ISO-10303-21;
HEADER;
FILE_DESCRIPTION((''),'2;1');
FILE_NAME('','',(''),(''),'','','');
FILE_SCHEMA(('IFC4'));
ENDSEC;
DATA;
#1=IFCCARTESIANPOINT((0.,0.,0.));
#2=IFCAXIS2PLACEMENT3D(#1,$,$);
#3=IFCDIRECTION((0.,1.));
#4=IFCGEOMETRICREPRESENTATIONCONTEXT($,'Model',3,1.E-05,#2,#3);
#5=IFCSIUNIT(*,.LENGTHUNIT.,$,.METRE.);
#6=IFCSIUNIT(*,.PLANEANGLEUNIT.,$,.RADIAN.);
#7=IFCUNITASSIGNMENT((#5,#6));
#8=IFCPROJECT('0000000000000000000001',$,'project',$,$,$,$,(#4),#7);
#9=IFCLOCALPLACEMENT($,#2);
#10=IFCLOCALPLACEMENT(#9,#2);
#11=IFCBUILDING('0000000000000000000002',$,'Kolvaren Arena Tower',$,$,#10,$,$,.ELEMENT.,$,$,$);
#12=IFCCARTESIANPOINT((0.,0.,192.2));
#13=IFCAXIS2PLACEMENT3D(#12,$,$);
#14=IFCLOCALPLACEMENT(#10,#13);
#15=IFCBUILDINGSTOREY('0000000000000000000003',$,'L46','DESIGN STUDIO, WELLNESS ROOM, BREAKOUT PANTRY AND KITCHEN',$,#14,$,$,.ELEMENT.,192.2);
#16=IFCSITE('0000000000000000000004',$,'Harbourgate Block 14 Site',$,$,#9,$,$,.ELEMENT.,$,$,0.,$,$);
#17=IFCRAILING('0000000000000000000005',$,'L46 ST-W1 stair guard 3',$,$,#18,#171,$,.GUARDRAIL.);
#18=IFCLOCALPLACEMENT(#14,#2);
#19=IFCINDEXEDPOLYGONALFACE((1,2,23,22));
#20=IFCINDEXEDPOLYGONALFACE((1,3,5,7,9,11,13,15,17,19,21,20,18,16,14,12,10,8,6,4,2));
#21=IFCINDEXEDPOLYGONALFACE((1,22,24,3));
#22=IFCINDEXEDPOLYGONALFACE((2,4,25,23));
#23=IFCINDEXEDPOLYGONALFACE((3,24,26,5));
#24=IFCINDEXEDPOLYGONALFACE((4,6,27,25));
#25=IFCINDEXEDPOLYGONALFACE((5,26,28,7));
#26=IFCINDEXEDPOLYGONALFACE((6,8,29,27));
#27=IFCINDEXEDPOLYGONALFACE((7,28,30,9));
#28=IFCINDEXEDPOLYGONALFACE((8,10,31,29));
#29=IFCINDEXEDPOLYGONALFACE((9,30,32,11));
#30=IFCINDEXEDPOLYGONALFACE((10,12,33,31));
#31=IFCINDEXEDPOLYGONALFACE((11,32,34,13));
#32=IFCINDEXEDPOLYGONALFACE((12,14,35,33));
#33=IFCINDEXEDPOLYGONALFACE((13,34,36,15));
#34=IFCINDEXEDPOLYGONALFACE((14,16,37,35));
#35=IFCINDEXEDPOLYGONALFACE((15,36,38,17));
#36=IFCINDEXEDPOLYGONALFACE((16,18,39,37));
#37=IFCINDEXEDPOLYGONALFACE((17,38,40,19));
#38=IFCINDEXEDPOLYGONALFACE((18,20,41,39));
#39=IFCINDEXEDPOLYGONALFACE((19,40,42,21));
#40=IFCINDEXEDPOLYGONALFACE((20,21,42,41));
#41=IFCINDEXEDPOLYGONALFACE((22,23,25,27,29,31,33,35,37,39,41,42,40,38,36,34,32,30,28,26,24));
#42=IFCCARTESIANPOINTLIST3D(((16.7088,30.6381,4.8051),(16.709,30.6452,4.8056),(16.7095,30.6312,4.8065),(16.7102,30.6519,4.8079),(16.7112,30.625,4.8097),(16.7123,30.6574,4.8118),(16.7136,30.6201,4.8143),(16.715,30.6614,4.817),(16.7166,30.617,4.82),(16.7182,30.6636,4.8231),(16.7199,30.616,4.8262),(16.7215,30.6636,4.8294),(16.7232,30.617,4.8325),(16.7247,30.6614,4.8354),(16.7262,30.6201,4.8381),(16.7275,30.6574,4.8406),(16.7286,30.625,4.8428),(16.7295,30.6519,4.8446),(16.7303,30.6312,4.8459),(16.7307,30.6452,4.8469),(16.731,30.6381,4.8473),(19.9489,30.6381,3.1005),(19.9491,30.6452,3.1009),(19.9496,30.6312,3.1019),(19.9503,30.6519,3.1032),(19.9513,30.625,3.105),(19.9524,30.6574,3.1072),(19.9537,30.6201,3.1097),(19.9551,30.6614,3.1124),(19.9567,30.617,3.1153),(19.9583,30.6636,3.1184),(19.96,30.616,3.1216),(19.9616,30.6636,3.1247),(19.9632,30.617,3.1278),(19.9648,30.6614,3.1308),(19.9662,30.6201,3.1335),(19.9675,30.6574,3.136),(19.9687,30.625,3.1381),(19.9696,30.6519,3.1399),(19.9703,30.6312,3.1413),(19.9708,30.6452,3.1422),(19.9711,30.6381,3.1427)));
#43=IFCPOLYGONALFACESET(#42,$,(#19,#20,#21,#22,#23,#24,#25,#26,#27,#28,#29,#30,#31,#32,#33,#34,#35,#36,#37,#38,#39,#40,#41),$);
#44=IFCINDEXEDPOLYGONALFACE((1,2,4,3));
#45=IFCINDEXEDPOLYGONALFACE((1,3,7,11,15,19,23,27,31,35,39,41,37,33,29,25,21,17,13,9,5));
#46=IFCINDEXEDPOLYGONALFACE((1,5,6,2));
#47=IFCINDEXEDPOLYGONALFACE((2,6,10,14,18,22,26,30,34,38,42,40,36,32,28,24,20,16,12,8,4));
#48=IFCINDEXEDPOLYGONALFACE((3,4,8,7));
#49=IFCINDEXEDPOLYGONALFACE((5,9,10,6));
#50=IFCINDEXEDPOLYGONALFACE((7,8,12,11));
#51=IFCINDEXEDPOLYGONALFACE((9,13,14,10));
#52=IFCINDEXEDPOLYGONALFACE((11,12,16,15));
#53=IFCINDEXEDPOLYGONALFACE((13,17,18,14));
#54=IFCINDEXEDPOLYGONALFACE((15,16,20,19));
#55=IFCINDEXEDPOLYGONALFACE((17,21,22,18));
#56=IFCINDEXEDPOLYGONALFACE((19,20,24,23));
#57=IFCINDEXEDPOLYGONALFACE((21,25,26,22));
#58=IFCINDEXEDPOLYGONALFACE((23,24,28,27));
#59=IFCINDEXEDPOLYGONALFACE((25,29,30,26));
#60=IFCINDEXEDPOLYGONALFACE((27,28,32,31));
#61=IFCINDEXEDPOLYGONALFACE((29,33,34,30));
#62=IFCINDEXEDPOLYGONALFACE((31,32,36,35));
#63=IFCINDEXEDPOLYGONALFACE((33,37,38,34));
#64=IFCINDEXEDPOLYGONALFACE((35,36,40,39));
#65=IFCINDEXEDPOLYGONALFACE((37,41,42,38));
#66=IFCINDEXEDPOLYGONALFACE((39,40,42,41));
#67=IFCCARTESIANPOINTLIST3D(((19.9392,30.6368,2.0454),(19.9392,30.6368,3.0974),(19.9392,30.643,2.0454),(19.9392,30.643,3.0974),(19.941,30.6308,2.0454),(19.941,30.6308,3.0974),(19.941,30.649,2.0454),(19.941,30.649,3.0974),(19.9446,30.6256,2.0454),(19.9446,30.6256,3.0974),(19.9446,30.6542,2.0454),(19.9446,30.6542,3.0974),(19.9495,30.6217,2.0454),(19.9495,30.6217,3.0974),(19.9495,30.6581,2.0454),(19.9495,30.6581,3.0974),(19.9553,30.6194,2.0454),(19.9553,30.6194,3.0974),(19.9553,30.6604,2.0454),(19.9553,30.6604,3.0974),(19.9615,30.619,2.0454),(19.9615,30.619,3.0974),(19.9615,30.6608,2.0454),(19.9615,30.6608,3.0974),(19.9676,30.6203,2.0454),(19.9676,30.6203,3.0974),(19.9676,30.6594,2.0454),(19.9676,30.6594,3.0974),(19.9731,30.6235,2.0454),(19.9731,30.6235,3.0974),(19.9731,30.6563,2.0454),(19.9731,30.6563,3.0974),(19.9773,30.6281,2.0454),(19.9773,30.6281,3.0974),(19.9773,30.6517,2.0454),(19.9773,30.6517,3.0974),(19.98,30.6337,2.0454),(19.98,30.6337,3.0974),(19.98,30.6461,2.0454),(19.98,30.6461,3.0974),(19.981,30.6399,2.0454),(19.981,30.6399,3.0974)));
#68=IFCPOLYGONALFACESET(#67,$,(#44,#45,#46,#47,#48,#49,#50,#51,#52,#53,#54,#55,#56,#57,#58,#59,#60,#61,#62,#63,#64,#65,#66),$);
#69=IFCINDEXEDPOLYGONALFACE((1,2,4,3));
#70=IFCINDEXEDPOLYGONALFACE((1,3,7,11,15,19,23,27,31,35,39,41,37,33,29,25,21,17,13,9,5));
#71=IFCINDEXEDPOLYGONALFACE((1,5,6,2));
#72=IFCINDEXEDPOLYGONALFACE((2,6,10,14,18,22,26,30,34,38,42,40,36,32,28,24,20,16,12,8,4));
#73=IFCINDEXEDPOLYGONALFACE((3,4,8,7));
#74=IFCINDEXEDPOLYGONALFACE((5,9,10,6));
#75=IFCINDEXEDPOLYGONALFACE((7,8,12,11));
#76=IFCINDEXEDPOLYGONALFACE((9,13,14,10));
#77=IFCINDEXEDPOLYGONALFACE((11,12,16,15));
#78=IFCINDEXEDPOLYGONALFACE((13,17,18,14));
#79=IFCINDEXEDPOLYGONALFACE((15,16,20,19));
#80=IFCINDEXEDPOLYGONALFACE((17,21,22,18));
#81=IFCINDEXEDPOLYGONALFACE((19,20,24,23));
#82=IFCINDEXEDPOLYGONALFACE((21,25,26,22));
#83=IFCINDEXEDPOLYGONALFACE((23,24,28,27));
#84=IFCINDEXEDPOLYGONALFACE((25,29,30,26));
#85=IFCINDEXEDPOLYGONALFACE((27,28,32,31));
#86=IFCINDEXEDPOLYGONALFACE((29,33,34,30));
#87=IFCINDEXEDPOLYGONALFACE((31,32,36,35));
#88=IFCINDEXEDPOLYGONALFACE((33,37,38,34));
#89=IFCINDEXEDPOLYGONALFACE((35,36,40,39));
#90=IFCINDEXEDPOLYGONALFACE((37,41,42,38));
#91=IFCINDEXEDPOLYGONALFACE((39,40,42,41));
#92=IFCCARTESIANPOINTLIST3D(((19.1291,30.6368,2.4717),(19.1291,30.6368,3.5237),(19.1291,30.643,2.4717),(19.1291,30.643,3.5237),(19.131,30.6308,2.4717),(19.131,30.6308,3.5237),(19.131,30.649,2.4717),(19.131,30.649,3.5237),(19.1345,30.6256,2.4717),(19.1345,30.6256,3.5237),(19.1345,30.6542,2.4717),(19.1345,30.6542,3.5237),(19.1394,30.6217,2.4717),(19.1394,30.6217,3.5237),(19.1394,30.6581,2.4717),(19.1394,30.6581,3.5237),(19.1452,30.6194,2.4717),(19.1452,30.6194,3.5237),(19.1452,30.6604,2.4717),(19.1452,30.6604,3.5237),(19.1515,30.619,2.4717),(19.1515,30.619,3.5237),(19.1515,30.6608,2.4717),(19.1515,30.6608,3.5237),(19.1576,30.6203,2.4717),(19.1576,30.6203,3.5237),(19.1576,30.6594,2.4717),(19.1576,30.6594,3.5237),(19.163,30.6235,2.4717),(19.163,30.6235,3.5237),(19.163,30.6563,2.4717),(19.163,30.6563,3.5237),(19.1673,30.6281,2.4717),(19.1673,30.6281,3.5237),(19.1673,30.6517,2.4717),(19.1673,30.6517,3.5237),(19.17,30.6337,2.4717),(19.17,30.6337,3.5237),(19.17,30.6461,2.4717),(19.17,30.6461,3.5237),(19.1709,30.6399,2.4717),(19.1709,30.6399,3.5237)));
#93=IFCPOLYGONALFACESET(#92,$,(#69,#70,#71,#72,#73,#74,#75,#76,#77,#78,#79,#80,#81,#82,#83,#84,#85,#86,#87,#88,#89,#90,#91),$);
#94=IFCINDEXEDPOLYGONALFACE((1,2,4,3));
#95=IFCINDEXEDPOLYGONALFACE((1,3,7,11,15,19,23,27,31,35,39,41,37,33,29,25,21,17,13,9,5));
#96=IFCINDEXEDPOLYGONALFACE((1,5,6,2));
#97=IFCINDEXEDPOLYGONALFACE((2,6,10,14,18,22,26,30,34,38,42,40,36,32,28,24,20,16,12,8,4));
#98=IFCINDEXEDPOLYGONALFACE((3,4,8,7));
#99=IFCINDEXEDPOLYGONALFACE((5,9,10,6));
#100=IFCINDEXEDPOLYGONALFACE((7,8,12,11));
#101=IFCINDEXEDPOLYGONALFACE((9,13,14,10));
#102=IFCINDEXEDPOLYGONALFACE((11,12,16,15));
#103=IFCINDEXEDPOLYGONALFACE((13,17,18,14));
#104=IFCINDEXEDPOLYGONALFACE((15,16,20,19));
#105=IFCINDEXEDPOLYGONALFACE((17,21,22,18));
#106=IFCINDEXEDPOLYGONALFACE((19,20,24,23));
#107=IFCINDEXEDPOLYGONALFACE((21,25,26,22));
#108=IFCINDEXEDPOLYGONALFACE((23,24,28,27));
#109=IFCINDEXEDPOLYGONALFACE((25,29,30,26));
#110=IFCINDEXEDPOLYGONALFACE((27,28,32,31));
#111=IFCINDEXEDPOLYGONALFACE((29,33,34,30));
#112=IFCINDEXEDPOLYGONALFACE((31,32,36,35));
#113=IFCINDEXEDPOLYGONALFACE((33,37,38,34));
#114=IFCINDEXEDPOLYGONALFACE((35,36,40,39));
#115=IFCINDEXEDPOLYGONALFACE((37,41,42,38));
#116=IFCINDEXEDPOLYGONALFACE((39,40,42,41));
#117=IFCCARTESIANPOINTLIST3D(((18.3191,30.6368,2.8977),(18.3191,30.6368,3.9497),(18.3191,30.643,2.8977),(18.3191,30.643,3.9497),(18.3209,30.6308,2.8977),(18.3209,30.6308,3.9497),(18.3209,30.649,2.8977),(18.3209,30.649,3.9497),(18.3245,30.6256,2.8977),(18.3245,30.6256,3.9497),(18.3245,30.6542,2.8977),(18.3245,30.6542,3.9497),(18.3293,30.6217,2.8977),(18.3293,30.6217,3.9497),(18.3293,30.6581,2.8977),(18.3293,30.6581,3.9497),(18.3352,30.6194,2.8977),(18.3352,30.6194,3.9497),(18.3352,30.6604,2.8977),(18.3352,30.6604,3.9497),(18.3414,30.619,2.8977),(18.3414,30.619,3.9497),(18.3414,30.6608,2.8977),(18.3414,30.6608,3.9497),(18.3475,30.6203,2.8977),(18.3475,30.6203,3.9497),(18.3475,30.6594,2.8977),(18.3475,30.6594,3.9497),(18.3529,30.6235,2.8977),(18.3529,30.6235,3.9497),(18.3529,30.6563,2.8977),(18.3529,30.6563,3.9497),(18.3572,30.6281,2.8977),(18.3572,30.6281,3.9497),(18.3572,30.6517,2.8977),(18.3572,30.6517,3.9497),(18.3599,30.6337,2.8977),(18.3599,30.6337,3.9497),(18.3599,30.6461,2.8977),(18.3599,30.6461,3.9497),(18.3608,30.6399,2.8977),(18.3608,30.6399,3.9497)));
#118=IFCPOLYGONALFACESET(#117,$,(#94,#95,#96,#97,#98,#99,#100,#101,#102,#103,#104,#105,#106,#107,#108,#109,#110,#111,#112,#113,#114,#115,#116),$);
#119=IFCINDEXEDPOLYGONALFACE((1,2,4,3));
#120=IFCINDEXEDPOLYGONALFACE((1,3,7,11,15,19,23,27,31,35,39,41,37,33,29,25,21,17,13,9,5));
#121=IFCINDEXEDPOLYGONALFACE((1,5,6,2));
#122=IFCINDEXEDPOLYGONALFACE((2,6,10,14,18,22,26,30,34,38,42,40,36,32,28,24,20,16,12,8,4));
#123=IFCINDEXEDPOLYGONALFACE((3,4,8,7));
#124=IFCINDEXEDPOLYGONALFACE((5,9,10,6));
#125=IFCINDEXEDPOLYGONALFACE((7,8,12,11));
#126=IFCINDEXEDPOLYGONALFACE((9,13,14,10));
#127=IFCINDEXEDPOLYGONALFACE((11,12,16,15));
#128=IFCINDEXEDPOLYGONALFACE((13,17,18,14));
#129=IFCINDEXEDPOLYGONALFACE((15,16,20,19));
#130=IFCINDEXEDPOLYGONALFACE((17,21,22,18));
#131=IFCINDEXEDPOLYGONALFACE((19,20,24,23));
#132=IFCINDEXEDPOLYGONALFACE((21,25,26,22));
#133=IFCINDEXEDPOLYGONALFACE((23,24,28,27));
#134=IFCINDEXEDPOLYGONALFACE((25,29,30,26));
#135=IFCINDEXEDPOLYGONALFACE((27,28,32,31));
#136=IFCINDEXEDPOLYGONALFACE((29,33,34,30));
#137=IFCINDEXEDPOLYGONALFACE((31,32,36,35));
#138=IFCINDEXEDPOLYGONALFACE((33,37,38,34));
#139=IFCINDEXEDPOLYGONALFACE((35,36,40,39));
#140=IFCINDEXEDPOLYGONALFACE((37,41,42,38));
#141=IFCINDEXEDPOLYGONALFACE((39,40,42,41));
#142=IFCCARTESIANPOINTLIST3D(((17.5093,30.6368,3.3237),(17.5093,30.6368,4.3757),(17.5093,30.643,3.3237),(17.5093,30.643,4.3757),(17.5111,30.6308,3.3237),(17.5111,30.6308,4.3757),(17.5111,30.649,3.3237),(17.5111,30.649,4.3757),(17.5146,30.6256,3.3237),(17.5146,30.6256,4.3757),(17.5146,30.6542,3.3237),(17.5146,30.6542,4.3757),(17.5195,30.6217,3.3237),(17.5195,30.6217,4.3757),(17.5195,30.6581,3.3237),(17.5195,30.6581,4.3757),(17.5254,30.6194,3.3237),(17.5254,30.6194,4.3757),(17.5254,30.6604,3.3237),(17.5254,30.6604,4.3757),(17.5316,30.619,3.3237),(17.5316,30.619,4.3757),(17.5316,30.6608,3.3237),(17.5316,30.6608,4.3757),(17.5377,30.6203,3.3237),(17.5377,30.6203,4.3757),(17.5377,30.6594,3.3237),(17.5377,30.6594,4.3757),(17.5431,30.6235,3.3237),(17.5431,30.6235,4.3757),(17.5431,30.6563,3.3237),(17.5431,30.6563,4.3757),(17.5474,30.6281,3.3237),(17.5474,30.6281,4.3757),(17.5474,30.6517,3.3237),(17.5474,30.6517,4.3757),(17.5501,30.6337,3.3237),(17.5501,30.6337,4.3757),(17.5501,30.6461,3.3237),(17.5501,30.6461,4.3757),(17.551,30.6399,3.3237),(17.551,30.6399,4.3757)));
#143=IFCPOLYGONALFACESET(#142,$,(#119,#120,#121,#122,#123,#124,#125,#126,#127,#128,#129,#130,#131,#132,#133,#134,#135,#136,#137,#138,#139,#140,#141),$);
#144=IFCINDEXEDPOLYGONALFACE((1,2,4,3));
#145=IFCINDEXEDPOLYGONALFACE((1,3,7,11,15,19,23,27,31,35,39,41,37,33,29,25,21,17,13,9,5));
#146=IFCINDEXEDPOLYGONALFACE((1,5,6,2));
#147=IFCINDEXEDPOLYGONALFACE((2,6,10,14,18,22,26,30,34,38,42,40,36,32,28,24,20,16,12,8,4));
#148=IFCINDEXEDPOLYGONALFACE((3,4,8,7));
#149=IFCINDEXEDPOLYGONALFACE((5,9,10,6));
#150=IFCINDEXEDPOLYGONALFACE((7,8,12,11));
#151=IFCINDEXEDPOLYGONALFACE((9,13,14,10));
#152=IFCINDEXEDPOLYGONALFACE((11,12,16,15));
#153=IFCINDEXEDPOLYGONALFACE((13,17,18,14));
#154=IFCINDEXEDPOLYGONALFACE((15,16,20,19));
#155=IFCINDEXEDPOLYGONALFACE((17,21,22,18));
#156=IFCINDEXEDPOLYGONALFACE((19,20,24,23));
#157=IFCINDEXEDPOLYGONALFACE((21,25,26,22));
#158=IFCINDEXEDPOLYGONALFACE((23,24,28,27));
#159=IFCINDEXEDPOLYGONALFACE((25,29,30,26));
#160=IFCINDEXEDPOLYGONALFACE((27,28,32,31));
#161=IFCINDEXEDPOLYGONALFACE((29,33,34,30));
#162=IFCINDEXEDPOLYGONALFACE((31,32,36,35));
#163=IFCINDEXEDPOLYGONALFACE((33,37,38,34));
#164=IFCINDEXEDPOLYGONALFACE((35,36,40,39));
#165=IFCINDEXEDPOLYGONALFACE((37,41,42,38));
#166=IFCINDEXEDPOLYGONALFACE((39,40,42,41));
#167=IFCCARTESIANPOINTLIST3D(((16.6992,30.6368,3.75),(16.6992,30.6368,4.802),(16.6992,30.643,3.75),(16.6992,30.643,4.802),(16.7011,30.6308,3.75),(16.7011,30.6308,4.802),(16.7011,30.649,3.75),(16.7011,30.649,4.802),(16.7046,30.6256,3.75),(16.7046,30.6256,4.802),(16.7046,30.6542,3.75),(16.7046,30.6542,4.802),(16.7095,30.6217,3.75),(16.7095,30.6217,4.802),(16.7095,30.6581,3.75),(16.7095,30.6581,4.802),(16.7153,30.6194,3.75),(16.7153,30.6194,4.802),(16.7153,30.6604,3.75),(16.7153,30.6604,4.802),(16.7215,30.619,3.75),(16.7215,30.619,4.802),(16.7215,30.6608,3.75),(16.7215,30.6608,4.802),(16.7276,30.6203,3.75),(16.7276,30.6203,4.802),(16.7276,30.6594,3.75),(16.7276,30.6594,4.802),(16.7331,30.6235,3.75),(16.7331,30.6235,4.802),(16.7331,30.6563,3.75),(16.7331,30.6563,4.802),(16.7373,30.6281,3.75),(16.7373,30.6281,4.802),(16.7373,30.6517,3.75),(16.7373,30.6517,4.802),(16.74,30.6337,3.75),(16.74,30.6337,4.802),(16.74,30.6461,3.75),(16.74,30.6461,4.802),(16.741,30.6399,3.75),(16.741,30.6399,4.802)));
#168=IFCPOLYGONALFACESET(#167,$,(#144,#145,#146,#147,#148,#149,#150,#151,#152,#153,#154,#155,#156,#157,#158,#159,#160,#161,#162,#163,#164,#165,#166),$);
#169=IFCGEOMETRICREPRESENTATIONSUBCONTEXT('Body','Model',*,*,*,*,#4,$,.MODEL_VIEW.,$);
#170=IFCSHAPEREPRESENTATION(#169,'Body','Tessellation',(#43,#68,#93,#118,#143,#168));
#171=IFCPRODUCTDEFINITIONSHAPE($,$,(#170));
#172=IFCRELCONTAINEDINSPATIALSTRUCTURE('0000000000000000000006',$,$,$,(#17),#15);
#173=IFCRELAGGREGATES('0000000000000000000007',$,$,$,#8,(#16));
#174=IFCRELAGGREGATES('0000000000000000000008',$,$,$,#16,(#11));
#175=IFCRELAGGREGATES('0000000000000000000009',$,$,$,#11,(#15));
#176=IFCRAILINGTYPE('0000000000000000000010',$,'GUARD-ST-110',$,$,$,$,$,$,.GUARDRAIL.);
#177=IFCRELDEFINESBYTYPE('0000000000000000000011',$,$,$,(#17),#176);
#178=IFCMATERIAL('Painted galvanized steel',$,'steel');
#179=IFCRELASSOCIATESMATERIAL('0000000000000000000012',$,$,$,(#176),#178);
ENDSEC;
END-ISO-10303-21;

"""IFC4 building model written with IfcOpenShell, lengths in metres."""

from ifc_helpers import new_model, si_unit, direction, frame, origin, origin_2d, place, context, subcontext, project, spatial, circle, extrude, material, type_object, element, save


model = new_model("IFC4")

# Units and contexts
model_context = context("Model", 3, precision=1e-05, world=origin(), true_north=direction((0.0, 1.0)))
body_context = subcontext(model_context, "Body", "Model", "MODEL_VIEW")
ifc_project = project(units=[si_unit("LENGTHUNIT", "METRE"), si_unit("PLANEANGLEUNIT", "RADIAN")], contexts=[model_context])

# Site, building, storey
site_placement = place(None, origin())
site = spatial("IfcSite", under=ifc_project, at=site_placement, Name="Harbourgate Block 14 Site", CompositionType="ELEMENT", RefElevation=0.0)
building_placement = place(site_placement, origin())
building = spatial("IfcBuilding", under=site, at=building_placement, Name="Kolvaren Arena Tower", CompositionType="ELEMENT")
storey_placement = place(building_placement, frame((0.0, 0.0, 192.2)))
storey = spatial("IfcBuildingStorey", under=building, at=storey_placement, Name="L46", Description="DESIGN STUDIO, WELLNESS ROOM, BREAKOUT PANTRY AND KITCHEN", CompositionType="ELEMENT", Elevation=192.2)

# Railing
ifc_material_1 = material(Name="Painted galvanized steel", Category="steel")
railing_type_1 = type_object("IfcRailingType", Name="GUARD-ST-110", PredefinedType="GUARDRAIL", material=ifc_material_1)
railing_1_placement = place(storey_placement, frame((19.96, 30.6399, 2.0454)))
element("IfcRailing", 1, at=railing_1_placement, inside=storey, type_object=railing_type_1, Name="L46 ST-W1 stair guard 3", PredefinedType="GUARDRAIL", context=body_context, shape_type="SweptSolid", body=[
    extrude(circle(Radius=0.0239, at=origin_2d()), frame((0.0, 0.0, 1.0762), z_axis=(-0.884993, 0.0, 0.465604), x_axis=(0.0, -1.0, 0.0)), (0.0, 0.0, 1.0), 3.6611),
    extrude(circle(Radius=0.021, at=origin_2d()), origin(), (0.0, 0.0, 1.0), 1.052),
    extrude(circle(Radius=0.021, at=origin_2d()), frame((-0.8101, 0.0, 0.4263)), (0.0, 0.0, 1.0), 1.052),
    extrude(circle(Radius=0.021, at=origin_2d()), frame((-1.6201, 0.0, 0.8523)), (0.0, 0.0, 1.0), 1.052),
    extrude(circle(Radius=0.021, at=origin_2d()), frame((-2.4299, 0.0, 1.2783)), (0.0, 0.0, 1.0), 1.052),
    extrude(circle(Radius=0.021, at=origin_2d()), frame((-3.24, 0.0, 1.7046)), (0.0, 0.0, 1.0), 1.052),
])

save(model, "model.ifc")
